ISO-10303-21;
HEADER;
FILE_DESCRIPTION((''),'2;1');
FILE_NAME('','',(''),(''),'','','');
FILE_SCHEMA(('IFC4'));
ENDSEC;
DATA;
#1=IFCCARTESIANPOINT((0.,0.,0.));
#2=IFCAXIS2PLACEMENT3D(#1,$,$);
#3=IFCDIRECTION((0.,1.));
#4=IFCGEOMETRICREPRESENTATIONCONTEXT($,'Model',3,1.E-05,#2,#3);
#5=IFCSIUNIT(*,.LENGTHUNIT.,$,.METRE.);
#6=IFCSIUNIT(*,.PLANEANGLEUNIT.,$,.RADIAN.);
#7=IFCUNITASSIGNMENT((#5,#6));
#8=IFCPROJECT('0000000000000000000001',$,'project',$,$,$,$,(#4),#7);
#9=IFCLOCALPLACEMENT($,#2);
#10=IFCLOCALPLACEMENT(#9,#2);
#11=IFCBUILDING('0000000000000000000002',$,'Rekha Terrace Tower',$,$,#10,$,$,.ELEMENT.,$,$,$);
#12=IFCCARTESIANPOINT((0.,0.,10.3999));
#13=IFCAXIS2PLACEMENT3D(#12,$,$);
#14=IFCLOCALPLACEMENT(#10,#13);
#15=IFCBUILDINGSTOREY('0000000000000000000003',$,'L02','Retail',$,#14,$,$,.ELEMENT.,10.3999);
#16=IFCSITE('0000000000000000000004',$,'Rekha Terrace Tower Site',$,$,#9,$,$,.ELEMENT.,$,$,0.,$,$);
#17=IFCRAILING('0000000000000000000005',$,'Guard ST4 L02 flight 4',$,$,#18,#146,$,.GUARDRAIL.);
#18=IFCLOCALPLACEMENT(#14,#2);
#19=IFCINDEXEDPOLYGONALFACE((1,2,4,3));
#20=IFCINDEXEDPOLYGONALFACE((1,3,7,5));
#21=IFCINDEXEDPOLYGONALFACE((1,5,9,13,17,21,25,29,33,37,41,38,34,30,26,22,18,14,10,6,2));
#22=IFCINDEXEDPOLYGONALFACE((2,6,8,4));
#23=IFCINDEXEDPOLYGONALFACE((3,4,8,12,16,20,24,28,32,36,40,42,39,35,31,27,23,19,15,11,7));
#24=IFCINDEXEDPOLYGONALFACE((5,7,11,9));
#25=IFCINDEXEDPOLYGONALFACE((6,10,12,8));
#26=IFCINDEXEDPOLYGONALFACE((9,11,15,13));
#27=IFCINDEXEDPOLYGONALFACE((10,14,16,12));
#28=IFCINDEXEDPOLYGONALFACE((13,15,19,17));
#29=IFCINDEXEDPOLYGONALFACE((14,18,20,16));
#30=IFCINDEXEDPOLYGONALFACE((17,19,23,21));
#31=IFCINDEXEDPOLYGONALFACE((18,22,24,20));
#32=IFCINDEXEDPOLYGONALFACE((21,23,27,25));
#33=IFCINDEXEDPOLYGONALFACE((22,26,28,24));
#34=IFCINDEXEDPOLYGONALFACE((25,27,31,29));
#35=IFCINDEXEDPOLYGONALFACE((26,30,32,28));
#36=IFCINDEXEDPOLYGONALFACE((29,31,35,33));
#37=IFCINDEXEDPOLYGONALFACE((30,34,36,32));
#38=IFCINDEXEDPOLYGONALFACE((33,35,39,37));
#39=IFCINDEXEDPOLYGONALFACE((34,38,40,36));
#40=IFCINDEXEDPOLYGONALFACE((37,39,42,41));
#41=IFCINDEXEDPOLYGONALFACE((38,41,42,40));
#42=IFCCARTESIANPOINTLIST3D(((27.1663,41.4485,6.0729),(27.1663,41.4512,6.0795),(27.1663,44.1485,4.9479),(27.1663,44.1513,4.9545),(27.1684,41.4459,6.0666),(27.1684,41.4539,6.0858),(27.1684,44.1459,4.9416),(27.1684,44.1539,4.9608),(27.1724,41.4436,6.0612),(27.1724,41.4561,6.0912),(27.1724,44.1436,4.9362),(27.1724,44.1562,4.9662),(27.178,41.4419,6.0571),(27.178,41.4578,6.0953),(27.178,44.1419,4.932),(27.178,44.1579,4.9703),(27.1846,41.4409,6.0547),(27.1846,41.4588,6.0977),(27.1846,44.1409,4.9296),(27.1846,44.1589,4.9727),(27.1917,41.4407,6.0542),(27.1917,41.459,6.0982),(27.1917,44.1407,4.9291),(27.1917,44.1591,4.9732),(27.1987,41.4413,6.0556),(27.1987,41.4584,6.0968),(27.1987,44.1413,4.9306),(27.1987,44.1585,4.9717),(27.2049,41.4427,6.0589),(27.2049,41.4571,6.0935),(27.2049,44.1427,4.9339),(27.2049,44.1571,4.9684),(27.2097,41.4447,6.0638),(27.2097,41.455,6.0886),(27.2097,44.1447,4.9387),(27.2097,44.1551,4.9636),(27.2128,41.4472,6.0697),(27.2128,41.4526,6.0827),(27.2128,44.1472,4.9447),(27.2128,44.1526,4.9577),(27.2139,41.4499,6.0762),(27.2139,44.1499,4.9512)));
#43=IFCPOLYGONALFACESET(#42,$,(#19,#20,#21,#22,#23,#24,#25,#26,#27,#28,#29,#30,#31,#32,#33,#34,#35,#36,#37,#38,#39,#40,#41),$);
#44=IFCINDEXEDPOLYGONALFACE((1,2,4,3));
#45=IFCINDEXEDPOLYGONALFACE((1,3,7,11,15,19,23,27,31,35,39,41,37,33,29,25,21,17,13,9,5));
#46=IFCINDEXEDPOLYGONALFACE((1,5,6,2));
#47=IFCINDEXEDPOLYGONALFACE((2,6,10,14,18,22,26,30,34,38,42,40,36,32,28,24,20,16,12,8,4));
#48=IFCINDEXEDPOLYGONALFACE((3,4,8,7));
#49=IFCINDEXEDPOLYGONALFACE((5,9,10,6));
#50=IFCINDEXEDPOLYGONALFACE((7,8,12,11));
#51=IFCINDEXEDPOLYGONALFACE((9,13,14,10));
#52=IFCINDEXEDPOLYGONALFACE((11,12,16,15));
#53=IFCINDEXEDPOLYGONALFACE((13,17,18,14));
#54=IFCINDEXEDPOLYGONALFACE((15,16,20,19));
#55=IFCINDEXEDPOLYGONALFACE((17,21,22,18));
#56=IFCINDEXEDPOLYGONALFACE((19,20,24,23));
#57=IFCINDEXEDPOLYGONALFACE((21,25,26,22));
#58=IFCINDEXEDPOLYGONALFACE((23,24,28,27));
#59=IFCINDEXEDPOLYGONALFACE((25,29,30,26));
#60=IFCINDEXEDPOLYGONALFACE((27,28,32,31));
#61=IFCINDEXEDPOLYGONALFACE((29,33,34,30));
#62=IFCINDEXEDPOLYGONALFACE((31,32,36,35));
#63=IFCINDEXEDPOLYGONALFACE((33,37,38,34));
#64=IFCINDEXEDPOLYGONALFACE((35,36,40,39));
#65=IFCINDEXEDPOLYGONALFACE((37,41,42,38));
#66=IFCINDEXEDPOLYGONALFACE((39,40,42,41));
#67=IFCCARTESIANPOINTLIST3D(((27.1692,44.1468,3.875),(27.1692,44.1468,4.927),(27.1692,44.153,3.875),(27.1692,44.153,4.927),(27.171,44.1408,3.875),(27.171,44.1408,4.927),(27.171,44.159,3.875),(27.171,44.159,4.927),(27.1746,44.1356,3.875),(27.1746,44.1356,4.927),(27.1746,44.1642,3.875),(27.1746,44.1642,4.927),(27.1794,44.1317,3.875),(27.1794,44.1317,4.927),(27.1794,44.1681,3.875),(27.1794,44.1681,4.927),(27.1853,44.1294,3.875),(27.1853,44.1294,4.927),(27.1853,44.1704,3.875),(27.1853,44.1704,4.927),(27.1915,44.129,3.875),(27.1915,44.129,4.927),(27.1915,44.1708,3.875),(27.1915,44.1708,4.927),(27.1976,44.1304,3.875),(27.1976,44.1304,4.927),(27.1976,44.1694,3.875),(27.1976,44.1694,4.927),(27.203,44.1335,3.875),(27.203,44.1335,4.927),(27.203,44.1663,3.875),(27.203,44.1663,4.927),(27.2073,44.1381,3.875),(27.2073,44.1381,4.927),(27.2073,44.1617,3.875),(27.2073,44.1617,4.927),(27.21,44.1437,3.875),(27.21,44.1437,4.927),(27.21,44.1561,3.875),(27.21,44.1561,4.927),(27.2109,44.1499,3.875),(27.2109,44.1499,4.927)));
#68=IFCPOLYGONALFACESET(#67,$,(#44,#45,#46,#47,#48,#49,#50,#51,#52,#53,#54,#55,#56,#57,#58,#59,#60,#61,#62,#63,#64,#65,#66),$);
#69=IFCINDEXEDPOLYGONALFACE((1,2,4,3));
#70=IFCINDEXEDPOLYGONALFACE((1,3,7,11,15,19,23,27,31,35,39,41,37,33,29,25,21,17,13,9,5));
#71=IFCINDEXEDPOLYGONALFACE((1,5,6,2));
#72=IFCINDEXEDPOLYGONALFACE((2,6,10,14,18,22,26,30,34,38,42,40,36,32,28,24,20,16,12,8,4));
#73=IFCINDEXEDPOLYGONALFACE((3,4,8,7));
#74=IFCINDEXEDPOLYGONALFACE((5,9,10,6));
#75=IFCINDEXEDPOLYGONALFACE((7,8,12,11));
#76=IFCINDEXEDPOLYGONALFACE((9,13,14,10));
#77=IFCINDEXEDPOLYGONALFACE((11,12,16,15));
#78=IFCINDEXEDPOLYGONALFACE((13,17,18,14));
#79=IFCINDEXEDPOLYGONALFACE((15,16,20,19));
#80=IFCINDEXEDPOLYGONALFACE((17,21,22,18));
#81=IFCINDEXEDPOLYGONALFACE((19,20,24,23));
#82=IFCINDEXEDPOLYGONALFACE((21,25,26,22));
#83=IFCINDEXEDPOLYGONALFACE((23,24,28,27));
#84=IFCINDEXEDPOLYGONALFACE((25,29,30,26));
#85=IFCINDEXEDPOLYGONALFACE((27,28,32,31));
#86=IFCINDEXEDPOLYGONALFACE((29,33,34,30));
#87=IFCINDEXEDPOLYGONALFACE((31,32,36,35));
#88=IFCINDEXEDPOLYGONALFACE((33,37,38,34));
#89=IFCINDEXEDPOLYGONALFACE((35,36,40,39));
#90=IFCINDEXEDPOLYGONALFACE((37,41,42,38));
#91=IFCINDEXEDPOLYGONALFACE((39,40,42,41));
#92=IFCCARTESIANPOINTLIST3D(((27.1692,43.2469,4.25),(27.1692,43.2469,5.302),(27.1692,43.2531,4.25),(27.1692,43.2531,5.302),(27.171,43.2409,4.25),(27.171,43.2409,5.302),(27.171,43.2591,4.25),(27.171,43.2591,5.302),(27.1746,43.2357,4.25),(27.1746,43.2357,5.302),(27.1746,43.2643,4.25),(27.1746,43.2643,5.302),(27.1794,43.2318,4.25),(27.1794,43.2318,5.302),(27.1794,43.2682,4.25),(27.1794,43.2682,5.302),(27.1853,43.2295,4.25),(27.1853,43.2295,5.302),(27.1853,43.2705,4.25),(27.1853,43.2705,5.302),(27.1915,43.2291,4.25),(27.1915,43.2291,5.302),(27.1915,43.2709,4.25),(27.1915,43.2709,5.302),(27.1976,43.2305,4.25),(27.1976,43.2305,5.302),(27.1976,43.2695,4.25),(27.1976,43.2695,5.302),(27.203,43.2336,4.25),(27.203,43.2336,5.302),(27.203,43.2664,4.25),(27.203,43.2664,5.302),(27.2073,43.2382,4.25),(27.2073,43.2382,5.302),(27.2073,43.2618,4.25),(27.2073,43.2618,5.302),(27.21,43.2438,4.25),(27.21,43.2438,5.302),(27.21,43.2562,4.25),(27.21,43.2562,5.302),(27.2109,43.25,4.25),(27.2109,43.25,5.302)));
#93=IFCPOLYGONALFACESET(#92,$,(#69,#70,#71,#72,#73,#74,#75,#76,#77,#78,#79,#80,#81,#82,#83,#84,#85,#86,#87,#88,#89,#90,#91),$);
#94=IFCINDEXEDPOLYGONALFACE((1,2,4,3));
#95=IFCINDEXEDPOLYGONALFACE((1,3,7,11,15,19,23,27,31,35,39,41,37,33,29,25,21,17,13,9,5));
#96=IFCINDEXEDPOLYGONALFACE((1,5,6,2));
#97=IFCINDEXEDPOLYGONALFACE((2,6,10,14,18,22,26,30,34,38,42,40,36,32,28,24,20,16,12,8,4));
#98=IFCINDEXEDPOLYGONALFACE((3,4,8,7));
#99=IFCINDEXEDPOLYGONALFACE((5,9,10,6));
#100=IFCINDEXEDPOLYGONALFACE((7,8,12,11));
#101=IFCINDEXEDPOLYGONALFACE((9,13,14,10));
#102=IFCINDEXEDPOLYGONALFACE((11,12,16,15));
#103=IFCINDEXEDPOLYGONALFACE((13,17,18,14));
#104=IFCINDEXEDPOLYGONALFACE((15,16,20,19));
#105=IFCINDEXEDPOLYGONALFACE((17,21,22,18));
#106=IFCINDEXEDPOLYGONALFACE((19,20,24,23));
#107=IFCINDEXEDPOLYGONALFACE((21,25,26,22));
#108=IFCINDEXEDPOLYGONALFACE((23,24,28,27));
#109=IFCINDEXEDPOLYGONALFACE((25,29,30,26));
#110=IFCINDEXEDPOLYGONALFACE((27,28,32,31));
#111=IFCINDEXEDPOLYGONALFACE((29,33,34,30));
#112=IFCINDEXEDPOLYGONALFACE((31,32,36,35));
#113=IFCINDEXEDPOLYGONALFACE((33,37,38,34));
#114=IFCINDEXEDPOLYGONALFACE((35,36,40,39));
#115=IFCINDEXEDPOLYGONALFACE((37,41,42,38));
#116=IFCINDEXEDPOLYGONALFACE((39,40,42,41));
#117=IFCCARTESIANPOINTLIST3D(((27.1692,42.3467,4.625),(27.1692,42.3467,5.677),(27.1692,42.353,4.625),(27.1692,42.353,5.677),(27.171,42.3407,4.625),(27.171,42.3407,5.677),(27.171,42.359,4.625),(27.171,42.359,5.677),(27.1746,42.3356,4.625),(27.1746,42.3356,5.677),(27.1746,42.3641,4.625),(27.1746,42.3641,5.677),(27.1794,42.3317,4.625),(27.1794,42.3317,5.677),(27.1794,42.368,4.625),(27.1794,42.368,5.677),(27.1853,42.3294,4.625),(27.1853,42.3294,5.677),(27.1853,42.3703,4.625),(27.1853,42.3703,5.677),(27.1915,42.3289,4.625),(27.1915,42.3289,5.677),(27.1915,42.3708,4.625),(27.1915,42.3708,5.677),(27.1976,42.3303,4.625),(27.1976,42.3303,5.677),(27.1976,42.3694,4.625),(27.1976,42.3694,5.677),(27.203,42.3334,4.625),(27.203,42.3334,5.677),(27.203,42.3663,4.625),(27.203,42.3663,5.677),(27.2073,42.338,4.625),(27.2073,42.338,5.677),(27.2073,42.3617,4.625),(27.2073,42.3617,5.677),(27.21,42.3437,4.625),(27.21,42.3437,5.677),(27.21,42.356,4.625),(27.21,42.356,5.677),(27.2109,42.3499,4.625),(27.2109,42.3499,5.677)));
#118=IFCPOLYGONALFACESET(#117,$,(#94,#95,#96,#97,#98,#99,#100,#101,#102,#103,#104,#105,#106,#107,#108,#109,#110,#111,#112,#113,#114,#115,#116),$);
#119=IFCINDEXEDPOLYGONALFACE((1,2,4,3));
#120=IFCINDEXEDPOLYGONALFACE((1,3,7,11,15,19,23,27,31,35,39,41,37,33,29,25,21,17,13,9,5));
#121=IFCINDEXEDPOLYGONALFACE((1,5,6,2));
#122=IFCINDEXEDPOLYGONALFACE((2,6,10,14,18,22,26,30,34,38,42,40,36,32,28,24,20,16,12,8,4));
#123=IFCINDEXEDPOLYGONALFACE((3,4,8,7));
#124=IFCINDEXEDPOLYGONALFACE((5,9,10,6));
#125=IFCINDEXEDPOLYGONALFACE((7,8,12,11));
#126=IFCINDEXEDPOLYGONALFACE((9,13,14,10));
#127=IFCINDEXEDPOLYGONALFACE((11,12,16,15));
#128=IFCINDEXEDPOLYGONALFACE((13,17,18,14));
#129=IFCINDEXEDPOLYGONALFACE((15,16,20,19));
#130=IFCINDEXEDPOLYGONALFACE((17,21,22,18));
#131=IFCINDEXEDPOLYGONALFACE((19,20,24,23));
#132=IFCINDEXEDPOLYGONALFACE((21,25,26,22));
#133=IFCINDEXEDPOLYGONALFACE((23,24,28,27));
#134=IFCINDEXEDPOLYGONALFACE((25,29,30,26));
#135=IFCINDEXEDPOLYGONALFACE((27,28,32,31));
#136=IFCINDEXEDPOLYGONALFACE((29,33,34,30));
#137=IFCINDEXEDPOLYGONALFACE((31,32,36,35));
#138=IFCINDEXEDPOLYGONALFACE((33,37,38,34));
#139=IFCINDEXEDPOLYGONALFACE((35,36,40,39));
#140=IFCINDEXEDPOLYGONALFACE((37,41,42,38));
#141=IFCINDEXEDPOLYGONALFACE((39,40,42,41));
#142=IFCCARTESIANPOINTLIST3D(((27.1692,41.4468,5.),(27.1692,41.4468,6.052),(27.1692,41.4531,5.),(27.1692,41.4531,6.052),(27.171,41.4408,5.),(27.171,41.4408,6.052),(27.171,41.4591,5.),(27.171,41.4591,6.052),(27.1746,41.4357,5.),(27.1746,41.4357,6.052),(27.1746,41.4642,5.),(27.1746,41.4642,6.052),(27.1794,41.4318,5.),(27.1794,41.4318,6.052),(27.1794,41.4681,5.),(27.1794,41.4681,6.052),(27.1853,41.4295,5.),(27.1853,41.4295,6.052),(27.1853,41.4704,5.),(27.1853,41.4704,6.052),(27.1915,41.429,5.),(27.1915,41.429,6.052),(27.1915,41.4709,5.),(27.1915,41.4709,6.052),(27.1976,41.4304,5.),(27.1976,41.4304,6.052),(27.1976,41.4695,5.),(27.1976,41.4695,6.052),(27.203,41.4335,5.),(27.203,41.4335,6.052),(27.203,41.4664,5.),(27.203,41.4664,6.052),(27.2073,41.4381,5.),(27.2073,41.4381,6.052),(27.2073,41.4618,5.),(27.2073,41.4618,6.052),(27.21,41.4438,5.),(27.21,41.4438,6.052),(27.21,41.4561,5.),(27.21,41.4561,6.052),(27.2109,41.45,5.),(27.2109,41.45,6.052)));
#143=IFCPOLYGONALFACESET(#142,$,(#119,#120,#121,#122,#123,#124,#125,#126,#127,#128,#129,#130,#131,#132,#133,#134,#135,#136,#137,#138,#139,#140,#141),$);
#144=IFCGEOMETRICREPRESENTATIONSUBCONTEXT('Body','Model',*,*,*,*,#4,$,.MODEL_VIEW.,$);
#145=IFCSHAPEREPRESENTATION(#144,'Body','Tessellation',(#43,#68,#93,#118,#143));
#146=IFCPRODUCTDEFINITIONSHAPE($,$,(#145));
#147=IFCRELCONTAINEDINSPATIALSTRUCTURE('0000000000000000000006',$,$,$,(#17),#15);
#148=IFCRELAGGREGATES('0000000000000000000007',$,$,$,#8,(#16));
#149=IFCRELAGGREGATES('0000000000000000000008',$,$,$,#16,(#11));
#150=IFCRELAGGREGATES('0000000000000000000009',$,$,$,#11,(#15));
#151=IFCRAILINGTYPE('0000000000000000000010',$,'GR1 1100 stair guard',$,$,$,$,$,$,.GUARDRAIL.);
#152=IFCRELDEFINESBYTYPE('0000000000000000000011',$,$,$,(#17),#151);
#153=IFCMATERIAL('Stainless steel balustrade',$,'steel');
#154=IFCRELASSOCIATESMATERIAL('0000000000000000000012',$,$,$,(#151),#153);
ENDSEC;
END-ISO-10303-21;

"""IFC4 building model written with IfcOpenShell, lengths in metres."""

from ifc_helpers import new_model, si_unit, direction, frame, origin, origin_2d, place, context, subcontext, project, spatial, circle, extrude, material, type_object, element, save


model = new_model("IFC4")

# Units and contexts
model_context = context("Model", 3, precision=1e-05, world=origin(), true_north=direction((0.0, 1.0)))
body_context = subcontext(model_context, "Body", "Model", "MODEL_VIEW")
ifc_project = project(units=[si_unit("LENGTHUNIT", "METRE"), si_unit("PLANEANGLEUNIT", "RADIAN")], contexts=[model_context])

# Site, building, storey
site_placement = place(None, origin())
site = spatial("IfcSite", under=ifc_project, at=site_placement, Name="Rekha Terrace Tower Site", CompositionType="ELEMENT", RefElevation=0.0)
building_placement = place(site_placement, origin())
building = spatial("IfcBuilding", under=site, at=building_placement, Name="Rekha Terrace Tower", CompositionType="ELEMENT")
storey_placement = place(building_placement, frame((0.0, 0.0, 10.3999)))
storey = spatial("IfcBuildingStorey", under=building, at=storey_placement, Name="L02", Description="Retail", CompositionType="ELEMENT", Elevation=10.3999)

# Railing
ifc_material_1 = material(Name="Stainless steel balustrade", Category="steel")
railing_type_1 = type_object("IfcRailingType", Name="GR1 1100 stair guard", PredefinedType="GUARDRAIL", material=ifc_material_1)
railing_1_placement = place(storey_placement, frame((27.1899, 44.1499, 3.875)))
element("IfcRailing", 1, at=railing_1_placement, inside=storey, type_object=railing_type_1, Name="Guard ST4 L02 flight 4", PredefinedType="GUARDRAIL", context=body_context, shape_type="SweptSolid", body=[
    extrude(circle(Radius=0.0239, at=origin_2d()), frame((0.0, 0.0, 1.0762), z_axis=(0.0, -0.923074, 0.384621), x_axis=(1.0, 0.0, 0.0)), (0.0, 0.0, 1.0), 2.925),
    extrude(circle(Radius=0.021, at=origin_2d()), origin(), (0.0, 0.0, 1.0), 1.052),
    extrude(circle(Radius=0.021, at=origin_2d()), frame((0.0, -0.8999, 0.375)), (0.0, 0.0, 1.0), 1.052),
    extrude(circle(Radius=0.021, at=origin_2d()), frame((0.0, -1.8, 0.75)), (0.0, 0.0, 1.0), 1.052),
    extrude(circle(Radius=0.021, at=origin_2d()), frame((0.0, -2.7, 1.125)), (0.0, 0.0, 1.0), 1.052),
])

save(model, "model.ifc")
